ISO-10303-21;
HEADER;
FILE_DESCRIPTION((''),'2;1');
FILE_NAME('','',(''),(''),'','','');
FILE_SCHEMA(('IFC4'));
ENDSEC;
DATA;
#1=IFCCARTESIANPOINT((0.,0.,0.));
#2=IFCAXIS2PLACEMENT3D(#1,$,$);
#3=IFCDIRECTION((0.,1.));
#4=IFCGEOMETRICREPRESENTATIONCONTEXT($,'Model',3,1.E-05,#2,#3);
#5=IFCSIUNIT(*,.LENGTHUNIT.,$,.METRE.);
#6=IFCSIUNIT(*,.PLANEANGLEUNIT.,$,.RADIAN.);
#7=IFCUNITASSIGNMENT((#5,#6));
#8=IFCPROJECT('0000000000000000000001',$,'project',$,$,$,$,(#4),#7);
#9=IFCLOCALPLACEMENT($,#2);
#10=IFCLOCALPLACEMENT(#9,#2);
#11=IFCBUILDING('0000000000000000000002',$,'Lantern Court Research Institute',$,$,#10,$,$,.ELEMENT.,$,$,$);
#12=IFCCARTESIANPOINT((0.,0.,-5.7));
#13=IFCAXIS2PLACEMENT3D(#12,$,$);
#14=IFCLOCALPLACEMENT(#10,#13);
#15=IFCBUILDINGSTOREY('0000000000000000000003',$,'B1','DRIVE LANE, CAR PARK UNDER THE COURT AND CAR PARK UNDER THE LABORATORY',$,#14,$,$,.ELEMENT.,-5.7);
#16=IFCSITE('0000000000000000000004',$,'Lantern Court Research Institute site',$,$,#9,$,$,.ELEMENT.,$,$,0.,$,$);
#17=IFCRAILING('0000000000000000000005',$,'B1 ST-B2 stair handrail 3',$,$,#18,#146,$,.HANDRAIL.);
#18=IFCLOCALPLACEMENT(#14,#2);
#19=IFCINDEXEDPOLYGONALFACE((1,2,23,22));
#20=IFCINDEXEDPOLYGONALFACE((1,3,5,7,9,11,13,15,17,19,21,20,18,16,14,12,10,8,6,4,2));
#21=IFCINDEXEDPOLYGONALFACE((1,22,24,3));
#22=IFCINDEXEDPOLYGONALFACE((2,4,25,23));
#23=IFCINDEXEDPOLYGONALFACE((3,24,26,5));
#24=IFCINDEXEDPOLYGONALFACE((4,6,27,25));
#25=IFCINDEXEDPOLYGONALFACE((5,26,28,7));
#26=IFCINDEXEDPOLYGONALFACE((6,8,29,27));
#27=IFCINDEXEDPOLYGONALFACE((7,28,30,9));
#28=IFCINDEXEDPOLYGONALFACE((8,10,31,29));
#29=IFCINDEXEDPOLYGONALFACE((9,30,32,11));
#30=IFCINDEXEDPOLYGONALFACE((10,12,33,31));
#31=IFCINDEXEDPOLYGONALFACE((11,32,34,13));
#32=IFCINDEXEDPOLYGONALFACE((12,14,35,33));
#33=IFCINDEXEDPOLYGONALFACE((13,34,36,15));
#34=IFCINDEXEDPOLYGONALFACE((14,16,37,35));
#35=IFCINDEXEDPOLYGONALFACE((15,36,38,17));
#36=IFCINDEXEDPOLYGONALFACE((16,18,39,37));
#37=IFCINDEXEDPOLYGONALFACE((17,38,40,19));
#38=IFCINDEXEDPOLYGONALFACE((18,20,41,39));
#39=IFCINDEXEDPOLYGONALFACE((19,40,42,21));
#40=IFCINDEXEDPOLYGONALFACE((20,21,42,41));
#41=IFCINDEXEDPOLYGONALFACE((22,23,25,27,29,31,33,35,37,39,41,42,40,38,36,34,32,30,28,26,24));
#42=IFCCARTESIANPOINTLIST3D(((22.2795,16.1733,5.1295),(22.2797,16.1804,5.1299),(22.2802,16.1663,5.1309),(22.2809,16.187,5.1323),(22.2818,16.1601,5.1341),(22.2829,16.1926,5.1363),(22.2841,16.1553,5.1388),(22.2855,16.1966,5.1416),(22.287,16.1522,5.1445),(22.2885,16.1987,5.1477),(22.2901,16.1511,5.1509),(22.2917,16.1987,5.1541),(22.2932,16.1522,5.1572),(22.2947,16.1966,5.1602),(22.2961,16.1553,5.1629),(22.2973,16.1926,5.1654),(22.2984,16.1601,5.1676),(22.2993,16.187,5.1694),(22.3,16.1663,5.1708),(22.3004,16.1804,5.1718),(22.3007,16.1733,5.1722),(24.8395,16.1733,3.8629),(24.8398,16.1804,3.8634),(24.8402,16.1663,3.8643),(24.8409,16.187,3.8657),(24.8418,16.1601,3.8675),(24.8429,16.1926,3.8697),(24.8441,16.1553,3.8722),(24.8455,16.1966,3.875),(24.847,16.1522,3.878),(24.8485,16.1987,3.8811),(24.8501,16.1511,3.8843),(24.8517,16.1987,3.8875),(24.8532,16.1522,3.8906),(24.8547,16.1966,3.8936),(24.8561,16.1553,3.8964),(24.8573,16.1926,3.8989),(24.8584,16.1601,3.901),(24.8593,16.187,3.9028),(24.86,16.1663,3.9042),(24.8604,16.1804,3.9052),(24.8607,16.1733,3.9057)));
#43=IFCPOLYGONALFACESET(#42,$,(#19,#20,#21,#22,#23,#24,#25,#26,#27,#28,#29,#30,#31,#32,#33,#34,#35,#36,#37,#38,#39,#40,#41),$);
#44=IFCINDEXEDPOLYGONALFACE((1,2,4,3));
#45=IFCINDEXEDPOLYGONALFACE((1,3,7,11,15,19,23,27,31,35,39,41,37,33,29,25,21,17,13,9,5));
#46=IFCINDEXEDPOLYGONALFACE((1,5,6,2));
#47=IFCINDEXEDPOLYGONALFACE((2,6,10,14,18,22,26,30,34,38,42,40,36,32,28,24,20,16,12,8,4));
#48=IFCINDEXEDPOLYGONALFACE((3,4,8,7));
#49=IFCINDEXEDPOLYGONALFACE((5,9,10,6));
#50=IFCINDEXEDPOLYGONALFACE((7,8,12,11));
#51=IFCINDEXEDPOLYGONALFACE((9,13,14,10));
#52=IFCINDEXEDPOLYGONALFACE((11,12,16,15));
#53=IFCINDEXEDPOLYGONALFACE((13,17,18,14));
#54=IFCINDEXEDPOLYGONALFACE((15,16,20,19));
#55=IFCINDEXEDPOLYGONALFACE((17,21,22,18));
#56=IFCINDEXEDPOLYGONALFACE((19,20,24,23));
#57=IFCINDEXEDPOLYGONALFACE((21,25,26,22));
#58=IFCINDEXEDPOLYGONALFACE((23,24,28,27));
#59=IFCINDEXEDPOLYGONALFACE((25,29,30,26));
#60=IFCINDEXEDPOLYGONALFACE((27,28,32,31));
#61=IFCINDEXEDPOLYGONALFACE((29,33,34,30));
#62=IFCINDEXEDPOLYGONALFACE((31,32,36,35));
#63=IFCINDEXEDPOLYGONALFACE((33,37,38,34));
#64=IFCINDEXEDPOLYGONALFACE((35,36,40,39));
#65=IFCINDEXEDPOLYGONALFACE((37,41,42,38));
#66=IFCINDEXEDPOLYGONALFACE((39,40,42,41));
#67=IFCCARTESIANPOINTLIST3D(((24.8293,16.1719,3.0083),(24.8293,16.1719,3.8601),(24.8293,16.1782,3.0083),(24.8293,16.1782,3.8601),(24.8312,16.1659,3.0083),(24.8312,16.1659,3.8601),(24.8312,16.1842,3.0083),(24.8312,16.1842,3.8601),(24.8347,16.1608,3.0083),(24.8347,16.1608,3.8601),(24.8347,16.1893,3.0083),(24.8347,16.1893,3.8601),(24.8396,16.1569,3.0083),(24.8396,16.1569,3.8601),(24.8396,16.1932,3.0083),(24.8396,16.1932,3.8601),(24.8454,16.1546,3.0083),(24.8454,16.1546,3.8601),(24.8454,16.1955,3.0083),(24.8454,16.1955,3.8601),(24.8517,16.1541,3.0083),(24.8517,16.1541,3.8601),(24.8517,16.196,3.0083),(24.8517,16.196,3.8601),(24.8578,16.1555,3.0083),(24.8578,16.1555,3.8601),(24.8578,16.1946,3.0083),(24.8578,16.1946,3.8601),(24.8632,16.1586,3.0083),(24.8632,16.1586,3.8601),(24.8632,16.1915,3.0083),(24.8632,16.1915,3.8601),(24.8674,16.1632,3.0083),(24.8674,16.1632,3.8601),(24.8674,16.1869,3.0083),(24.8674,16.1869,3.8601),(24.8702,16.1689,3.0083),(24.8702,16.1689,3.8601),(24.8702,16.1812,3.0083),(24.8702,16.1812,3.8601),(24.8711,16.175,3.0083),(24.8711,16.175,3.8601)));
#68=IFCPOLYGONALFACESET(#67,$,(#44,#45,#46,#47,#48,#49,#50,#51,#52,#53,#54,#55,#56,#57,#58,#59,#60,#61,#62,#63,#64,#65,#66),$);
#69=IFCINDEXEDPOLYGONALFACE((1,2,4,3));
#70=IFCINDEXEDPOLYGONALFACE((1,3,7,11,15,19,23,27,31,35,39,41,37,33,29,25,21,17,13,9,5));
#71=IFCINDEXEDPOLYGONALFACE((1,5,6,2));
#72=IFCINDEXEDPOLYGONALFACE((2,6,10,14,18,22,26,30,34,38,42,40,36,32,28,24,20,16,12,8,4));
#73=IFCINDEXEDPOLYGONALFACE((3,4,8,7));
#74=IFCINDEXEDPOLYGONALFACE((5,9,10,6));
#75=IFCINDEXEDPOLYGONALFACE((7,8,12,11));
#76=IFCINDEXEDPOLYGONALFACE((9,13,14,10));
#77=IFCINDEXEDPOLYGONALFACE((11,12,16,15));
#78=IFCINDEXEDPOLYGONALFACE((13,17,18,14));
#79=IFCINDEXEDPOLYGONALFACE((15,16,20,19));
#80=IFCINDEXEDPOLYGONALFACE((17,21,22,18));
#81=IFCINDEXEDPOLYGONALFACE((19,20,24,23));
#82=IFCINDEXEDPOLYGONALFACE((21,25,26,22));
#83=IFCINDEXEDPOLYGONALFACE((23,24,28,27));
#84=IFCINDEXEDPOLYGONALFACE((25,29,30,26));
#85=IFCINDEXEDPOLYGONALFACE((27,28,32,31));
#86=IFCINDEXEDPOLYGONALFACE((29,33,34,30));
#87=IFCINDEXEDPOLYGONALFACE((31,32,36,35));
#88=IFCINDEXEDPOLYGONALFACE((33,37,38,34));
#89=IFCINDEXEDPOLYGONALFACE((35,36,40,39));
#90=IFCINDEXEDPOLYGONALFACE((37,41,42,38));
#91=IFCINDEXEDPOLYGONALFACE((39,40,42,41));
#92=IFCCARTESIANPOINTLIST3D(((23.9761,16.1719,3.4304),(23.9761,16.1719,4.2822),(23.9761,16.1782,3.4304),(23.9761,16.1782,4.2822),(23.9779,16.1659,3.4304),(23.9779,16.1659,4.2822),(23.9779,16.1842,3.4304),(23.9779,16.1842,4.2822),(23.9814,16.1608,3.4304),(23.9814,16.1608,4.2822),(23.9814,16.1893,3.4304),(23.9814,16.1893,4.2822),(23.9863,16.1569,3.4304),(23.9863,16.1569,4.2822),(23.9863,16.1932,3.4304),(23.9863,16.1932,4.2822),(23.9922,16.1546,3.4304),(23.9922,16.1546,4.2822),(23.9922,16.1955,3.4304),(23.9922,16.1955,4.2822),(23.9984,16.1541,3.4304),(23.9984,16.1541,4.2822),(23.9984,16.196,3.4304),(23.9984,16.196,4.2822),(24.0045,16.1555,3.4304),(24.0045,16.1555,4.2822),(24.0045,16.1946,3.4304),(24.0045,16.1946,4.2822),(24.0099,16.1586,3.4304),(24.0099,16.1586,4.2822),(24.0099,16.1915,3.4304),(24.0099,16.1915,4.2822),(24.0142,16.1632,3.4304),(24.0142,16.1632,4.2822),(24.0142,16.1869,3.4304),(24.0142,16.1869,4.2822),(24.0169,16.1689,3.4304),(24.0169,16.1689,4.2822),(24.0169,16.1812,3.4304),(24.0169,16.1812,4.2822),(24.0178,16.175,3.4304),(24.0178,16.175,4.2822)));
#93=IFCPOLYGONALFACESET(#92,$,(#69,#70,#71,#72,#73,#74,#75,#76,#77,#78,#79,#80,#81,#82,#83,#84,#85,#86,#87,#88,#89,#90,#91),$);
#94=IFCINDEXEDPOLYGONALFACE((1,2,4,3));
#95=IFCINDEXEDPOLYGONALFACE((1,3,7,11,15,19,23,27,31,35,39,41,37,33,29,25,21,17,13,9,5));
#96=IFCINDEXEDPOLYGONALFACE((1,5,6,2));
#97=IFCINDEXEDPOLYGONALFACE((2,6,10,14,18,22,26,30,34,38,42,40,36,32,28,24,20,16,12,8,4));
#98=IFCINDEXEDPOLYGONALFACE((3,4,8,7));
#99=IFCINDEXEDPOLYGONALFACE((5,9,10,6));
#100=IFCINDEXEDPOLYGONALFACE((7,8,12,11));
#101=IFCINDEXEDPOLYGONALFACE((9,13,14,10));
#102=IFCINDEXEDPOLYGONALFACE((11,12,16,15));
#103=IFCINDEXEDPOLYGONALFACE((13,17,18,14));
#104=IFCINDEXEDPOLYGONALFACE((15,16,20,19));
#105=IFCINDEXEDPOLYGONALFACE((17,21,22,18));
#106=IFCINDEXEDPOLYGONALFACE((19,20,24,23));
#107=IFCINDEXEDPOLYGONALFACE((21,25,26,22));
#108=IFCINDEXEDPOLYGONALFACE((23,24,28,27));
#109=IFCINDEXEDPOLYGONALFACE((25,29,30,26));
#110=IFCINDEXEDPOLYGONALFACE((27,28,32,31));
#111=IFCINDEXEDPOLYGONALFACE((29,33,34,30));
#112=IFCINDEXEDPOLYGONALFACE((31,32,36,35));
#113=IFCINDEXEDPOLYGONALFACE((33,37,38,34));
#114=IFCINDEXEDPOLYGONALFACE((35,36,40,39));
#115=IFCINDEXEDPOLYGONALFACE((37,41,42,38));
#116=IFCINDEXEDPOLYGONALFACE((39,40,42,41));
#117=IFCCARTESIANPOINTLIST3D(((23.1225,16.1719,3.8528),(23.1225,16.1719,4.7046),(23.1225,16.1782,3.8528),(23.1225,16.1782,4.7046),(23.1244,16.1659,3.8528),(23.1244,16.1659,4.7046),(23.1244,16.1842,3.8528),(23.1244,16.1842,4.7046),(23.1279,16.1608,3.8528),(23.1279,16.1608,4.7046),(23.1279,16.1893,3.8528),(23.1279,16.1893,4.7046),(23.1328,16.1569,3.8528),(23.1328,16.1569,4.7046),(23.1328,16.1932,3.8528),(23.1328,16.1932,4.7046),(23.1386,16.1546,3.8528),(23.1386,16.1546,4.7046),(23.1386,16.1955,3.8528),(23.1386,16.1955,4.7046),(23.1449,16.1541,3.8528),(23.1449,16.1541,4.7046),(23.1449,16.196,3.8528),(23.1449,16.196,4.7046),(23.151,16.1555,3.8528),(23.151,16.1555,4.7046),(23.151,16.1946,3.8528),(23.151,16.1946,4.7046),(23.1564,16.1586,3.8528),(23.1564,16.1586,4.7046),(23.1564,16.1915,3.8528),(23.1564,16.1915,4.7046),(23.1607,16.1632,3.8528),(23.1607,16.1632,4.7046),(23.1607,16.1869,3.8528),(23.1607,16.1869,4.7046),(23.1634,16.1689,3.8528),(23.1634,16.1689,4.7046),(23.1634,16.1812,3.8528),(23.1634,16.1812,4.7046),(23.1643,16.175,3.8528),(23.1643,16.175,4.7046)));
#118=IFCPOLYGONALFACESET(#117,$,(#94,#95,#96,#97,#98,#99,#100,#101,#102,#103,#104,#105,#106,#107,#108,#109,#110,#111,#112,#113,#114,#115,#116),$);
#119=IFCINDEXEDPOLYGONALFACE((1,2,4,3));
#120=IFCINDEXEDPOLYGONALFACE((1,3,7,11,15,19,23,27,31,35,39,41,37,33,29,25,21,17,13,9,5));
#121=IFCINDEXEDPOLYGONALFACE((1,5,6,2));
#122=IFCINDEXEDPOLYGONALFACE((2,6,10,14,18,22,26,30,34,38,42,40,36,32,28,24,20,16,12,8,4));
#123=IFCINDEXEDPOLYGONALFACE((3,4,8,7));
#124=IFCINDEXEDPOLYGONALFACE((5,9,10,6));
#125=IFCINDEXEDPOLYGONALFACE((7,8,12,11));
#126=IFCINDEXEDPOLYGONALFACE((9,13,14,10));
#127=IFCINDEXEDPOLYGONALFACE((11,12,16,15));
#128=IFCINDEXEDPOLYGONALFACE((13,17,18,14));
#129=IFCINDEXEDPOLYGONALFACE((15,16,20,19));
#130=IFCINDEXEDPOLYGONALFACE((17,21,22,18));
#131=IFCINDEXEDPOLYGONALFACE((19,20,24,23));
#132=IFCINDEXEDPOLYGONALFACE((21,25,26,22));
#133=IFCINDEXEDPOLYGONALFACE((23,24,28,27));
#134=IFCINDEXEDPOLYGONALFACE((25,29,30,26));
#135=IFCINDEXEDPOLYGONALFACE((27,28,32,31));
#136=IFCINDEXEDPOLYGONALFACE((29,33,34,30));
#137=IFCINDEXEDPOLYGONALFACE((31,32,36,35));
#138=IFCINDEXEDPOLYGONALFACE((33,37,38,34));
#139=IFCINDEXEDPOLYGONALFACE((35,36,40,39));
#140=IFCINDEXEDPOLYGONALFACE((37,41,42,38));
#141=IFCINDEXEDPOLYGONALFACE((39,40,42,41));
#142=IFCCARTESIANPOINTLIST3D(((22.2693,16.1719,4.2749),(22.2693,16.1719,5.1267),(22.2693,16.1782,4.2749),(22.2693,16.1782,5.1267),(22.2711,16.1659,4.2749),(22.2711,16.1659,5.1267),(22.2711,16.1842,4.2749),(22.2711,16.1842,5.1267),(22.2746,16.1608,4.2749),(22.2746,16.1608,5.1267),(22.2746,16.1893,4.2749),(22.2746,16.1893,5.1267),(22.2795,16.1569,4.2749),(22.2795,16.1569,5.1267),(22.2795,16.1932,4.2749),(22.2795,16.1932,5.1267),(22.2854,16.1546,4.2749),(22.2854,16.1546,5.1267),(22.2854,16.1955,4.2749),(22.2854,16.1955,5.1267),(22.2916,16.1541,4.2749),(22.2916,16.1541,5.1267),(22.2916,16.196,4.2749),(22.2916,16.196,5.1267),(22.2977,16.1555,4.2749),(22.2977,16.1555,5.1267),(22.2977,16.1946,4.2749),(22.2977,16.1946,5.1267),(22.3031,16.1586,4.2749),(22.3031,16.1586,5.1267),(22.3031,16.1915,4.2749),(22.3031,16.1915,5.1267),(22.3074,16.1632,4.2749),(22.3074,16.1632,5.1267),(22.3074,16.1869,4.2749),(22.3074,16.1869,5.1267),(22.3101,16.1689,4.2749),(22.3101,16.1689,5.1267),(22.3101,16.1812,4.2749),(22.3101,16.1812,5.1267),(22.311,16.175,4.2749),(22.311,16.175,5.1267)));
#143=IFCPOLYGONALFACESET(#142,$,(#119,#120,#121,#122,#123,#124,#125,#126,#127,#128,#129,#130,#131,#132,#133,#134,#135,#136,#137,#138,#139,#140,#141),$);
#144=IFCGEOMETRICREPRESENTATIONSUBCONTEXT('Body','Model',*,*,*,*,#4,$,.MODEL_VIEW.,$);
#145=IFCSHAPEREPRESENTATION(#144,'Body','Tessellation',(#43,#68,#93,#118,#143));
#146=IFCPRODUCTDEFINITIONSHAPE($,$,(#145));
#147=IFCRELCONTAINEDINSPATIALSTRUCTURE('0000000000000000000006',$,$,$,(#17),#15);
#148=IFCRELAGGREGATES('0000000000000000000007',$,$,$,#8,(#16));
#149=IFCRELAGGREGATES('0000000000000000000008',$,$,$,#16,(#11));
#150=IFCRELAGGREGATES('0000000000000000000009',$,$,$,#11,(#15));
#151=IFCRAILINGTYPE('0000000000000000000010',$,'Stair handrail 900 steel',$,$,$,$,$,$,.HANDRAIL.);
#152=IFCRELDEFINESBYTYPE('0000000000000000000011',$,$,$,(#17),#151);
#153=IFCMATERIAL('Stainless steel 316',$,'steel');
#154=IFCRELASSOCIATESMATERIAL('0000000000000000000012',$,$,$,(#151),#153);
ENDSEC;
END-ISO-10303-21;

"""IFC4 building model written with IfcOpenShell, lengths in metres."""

from ifc_helpers import new_model, si_unit, direction, frame, origin, origin_2d, place, context, subcontext, project, spatial, circle, extrude, material, type_object, element, save


model = new_model("IFC4")

# Units and contexts
model_context = context("Model", 3, precision=1e-05, world=origin(), true_north=direction((0.0, 1.0)))
body_context = subcontext(model_context, "Body", "Model", "MODEL_VIEW")
ifc_project = project(units=[si_unit("LENGTHUNIT", "METRE"), si_unit("PLANEANGLEUNIT", "RADIAN")], contexts=[model_context])

# Site, building, storey
site_placement = place(None, origin())
site = spatial("IfcSite", under=ifc_project, at=site_placement, Name="Lantern Court Research Institute site", CompositionType="ELEMENT", RefElevation=0.0)
building_placement = place(site_placement, origin())
building = spatial("IfcBuilding", under=site, at=building_placement, Name="Lantern Court Research Institute", CompositionType="ELEMENT")
storey_placement = place(building_placement, frame((0.0, 0.0, -5.7)))
storey = spatial("IfcBuildingStorey", under=building, at=storey_placement, Name="B1", Description="DRIVE LANE, CAR PARK UNDER THE COURT AND CAR PARK UNDER THE LABORATORY", CompositionType="ELEMENT", Elevation=-5.7)

# Railing
ifc_material_1 = material(Name="Stainless steel 316", Category="steel")
railing_type_1 = type_object("IfcRailingType", Name="Stair handrail 900 steel", PredefinedType="HANDRAIL", material=ifc_material_1)
railing_1_placement = place(storey_placement, frame((24.8501, 16.175, 3.0083)))
element("IfcRailing", 1, at=railing_1_placement, inside=storey, type_object=railing_type_1, Name="B1 ST-B2 stair handrail 3", PredefinedType="HANDRAIL", context=body_context, shape_type="SweptSolid", body=[
    extrude(circle(Radius=0.0239, at=origin_2d()), frame((0.0, 0.0, 0.876), z_axis=(-0.8963, 0.0, 0.443449), x_axis=(0.0, -1.0, 0.0)), (0.0, 0.0, 1.0), 2.8562),
    extrude(circle(Radius=0.021, at=origin_2d()), origin(), (0.0, 0.0, 1.0), 0.8518),
    extrude(circle(Radius=0.021, at=origin_2d()), frame((-0.8533, 0.0, 0.4221)), (0.0, 0.0, 1.0), 0.8518),
    extrude(circle(Radius=0.021, at=origin_2d()), frame((-1.7068, 0.0, 0.8445)), (0.0, 0.0, 1.0), 0.8518),
    extrude(circle(Radius=0.021, at=origin_2d()), frame((-2.5601, 0.0, 1.2666)), (0.0, 0.0, 1.0), 0.8518),
])

save(model, "model.ifc")
